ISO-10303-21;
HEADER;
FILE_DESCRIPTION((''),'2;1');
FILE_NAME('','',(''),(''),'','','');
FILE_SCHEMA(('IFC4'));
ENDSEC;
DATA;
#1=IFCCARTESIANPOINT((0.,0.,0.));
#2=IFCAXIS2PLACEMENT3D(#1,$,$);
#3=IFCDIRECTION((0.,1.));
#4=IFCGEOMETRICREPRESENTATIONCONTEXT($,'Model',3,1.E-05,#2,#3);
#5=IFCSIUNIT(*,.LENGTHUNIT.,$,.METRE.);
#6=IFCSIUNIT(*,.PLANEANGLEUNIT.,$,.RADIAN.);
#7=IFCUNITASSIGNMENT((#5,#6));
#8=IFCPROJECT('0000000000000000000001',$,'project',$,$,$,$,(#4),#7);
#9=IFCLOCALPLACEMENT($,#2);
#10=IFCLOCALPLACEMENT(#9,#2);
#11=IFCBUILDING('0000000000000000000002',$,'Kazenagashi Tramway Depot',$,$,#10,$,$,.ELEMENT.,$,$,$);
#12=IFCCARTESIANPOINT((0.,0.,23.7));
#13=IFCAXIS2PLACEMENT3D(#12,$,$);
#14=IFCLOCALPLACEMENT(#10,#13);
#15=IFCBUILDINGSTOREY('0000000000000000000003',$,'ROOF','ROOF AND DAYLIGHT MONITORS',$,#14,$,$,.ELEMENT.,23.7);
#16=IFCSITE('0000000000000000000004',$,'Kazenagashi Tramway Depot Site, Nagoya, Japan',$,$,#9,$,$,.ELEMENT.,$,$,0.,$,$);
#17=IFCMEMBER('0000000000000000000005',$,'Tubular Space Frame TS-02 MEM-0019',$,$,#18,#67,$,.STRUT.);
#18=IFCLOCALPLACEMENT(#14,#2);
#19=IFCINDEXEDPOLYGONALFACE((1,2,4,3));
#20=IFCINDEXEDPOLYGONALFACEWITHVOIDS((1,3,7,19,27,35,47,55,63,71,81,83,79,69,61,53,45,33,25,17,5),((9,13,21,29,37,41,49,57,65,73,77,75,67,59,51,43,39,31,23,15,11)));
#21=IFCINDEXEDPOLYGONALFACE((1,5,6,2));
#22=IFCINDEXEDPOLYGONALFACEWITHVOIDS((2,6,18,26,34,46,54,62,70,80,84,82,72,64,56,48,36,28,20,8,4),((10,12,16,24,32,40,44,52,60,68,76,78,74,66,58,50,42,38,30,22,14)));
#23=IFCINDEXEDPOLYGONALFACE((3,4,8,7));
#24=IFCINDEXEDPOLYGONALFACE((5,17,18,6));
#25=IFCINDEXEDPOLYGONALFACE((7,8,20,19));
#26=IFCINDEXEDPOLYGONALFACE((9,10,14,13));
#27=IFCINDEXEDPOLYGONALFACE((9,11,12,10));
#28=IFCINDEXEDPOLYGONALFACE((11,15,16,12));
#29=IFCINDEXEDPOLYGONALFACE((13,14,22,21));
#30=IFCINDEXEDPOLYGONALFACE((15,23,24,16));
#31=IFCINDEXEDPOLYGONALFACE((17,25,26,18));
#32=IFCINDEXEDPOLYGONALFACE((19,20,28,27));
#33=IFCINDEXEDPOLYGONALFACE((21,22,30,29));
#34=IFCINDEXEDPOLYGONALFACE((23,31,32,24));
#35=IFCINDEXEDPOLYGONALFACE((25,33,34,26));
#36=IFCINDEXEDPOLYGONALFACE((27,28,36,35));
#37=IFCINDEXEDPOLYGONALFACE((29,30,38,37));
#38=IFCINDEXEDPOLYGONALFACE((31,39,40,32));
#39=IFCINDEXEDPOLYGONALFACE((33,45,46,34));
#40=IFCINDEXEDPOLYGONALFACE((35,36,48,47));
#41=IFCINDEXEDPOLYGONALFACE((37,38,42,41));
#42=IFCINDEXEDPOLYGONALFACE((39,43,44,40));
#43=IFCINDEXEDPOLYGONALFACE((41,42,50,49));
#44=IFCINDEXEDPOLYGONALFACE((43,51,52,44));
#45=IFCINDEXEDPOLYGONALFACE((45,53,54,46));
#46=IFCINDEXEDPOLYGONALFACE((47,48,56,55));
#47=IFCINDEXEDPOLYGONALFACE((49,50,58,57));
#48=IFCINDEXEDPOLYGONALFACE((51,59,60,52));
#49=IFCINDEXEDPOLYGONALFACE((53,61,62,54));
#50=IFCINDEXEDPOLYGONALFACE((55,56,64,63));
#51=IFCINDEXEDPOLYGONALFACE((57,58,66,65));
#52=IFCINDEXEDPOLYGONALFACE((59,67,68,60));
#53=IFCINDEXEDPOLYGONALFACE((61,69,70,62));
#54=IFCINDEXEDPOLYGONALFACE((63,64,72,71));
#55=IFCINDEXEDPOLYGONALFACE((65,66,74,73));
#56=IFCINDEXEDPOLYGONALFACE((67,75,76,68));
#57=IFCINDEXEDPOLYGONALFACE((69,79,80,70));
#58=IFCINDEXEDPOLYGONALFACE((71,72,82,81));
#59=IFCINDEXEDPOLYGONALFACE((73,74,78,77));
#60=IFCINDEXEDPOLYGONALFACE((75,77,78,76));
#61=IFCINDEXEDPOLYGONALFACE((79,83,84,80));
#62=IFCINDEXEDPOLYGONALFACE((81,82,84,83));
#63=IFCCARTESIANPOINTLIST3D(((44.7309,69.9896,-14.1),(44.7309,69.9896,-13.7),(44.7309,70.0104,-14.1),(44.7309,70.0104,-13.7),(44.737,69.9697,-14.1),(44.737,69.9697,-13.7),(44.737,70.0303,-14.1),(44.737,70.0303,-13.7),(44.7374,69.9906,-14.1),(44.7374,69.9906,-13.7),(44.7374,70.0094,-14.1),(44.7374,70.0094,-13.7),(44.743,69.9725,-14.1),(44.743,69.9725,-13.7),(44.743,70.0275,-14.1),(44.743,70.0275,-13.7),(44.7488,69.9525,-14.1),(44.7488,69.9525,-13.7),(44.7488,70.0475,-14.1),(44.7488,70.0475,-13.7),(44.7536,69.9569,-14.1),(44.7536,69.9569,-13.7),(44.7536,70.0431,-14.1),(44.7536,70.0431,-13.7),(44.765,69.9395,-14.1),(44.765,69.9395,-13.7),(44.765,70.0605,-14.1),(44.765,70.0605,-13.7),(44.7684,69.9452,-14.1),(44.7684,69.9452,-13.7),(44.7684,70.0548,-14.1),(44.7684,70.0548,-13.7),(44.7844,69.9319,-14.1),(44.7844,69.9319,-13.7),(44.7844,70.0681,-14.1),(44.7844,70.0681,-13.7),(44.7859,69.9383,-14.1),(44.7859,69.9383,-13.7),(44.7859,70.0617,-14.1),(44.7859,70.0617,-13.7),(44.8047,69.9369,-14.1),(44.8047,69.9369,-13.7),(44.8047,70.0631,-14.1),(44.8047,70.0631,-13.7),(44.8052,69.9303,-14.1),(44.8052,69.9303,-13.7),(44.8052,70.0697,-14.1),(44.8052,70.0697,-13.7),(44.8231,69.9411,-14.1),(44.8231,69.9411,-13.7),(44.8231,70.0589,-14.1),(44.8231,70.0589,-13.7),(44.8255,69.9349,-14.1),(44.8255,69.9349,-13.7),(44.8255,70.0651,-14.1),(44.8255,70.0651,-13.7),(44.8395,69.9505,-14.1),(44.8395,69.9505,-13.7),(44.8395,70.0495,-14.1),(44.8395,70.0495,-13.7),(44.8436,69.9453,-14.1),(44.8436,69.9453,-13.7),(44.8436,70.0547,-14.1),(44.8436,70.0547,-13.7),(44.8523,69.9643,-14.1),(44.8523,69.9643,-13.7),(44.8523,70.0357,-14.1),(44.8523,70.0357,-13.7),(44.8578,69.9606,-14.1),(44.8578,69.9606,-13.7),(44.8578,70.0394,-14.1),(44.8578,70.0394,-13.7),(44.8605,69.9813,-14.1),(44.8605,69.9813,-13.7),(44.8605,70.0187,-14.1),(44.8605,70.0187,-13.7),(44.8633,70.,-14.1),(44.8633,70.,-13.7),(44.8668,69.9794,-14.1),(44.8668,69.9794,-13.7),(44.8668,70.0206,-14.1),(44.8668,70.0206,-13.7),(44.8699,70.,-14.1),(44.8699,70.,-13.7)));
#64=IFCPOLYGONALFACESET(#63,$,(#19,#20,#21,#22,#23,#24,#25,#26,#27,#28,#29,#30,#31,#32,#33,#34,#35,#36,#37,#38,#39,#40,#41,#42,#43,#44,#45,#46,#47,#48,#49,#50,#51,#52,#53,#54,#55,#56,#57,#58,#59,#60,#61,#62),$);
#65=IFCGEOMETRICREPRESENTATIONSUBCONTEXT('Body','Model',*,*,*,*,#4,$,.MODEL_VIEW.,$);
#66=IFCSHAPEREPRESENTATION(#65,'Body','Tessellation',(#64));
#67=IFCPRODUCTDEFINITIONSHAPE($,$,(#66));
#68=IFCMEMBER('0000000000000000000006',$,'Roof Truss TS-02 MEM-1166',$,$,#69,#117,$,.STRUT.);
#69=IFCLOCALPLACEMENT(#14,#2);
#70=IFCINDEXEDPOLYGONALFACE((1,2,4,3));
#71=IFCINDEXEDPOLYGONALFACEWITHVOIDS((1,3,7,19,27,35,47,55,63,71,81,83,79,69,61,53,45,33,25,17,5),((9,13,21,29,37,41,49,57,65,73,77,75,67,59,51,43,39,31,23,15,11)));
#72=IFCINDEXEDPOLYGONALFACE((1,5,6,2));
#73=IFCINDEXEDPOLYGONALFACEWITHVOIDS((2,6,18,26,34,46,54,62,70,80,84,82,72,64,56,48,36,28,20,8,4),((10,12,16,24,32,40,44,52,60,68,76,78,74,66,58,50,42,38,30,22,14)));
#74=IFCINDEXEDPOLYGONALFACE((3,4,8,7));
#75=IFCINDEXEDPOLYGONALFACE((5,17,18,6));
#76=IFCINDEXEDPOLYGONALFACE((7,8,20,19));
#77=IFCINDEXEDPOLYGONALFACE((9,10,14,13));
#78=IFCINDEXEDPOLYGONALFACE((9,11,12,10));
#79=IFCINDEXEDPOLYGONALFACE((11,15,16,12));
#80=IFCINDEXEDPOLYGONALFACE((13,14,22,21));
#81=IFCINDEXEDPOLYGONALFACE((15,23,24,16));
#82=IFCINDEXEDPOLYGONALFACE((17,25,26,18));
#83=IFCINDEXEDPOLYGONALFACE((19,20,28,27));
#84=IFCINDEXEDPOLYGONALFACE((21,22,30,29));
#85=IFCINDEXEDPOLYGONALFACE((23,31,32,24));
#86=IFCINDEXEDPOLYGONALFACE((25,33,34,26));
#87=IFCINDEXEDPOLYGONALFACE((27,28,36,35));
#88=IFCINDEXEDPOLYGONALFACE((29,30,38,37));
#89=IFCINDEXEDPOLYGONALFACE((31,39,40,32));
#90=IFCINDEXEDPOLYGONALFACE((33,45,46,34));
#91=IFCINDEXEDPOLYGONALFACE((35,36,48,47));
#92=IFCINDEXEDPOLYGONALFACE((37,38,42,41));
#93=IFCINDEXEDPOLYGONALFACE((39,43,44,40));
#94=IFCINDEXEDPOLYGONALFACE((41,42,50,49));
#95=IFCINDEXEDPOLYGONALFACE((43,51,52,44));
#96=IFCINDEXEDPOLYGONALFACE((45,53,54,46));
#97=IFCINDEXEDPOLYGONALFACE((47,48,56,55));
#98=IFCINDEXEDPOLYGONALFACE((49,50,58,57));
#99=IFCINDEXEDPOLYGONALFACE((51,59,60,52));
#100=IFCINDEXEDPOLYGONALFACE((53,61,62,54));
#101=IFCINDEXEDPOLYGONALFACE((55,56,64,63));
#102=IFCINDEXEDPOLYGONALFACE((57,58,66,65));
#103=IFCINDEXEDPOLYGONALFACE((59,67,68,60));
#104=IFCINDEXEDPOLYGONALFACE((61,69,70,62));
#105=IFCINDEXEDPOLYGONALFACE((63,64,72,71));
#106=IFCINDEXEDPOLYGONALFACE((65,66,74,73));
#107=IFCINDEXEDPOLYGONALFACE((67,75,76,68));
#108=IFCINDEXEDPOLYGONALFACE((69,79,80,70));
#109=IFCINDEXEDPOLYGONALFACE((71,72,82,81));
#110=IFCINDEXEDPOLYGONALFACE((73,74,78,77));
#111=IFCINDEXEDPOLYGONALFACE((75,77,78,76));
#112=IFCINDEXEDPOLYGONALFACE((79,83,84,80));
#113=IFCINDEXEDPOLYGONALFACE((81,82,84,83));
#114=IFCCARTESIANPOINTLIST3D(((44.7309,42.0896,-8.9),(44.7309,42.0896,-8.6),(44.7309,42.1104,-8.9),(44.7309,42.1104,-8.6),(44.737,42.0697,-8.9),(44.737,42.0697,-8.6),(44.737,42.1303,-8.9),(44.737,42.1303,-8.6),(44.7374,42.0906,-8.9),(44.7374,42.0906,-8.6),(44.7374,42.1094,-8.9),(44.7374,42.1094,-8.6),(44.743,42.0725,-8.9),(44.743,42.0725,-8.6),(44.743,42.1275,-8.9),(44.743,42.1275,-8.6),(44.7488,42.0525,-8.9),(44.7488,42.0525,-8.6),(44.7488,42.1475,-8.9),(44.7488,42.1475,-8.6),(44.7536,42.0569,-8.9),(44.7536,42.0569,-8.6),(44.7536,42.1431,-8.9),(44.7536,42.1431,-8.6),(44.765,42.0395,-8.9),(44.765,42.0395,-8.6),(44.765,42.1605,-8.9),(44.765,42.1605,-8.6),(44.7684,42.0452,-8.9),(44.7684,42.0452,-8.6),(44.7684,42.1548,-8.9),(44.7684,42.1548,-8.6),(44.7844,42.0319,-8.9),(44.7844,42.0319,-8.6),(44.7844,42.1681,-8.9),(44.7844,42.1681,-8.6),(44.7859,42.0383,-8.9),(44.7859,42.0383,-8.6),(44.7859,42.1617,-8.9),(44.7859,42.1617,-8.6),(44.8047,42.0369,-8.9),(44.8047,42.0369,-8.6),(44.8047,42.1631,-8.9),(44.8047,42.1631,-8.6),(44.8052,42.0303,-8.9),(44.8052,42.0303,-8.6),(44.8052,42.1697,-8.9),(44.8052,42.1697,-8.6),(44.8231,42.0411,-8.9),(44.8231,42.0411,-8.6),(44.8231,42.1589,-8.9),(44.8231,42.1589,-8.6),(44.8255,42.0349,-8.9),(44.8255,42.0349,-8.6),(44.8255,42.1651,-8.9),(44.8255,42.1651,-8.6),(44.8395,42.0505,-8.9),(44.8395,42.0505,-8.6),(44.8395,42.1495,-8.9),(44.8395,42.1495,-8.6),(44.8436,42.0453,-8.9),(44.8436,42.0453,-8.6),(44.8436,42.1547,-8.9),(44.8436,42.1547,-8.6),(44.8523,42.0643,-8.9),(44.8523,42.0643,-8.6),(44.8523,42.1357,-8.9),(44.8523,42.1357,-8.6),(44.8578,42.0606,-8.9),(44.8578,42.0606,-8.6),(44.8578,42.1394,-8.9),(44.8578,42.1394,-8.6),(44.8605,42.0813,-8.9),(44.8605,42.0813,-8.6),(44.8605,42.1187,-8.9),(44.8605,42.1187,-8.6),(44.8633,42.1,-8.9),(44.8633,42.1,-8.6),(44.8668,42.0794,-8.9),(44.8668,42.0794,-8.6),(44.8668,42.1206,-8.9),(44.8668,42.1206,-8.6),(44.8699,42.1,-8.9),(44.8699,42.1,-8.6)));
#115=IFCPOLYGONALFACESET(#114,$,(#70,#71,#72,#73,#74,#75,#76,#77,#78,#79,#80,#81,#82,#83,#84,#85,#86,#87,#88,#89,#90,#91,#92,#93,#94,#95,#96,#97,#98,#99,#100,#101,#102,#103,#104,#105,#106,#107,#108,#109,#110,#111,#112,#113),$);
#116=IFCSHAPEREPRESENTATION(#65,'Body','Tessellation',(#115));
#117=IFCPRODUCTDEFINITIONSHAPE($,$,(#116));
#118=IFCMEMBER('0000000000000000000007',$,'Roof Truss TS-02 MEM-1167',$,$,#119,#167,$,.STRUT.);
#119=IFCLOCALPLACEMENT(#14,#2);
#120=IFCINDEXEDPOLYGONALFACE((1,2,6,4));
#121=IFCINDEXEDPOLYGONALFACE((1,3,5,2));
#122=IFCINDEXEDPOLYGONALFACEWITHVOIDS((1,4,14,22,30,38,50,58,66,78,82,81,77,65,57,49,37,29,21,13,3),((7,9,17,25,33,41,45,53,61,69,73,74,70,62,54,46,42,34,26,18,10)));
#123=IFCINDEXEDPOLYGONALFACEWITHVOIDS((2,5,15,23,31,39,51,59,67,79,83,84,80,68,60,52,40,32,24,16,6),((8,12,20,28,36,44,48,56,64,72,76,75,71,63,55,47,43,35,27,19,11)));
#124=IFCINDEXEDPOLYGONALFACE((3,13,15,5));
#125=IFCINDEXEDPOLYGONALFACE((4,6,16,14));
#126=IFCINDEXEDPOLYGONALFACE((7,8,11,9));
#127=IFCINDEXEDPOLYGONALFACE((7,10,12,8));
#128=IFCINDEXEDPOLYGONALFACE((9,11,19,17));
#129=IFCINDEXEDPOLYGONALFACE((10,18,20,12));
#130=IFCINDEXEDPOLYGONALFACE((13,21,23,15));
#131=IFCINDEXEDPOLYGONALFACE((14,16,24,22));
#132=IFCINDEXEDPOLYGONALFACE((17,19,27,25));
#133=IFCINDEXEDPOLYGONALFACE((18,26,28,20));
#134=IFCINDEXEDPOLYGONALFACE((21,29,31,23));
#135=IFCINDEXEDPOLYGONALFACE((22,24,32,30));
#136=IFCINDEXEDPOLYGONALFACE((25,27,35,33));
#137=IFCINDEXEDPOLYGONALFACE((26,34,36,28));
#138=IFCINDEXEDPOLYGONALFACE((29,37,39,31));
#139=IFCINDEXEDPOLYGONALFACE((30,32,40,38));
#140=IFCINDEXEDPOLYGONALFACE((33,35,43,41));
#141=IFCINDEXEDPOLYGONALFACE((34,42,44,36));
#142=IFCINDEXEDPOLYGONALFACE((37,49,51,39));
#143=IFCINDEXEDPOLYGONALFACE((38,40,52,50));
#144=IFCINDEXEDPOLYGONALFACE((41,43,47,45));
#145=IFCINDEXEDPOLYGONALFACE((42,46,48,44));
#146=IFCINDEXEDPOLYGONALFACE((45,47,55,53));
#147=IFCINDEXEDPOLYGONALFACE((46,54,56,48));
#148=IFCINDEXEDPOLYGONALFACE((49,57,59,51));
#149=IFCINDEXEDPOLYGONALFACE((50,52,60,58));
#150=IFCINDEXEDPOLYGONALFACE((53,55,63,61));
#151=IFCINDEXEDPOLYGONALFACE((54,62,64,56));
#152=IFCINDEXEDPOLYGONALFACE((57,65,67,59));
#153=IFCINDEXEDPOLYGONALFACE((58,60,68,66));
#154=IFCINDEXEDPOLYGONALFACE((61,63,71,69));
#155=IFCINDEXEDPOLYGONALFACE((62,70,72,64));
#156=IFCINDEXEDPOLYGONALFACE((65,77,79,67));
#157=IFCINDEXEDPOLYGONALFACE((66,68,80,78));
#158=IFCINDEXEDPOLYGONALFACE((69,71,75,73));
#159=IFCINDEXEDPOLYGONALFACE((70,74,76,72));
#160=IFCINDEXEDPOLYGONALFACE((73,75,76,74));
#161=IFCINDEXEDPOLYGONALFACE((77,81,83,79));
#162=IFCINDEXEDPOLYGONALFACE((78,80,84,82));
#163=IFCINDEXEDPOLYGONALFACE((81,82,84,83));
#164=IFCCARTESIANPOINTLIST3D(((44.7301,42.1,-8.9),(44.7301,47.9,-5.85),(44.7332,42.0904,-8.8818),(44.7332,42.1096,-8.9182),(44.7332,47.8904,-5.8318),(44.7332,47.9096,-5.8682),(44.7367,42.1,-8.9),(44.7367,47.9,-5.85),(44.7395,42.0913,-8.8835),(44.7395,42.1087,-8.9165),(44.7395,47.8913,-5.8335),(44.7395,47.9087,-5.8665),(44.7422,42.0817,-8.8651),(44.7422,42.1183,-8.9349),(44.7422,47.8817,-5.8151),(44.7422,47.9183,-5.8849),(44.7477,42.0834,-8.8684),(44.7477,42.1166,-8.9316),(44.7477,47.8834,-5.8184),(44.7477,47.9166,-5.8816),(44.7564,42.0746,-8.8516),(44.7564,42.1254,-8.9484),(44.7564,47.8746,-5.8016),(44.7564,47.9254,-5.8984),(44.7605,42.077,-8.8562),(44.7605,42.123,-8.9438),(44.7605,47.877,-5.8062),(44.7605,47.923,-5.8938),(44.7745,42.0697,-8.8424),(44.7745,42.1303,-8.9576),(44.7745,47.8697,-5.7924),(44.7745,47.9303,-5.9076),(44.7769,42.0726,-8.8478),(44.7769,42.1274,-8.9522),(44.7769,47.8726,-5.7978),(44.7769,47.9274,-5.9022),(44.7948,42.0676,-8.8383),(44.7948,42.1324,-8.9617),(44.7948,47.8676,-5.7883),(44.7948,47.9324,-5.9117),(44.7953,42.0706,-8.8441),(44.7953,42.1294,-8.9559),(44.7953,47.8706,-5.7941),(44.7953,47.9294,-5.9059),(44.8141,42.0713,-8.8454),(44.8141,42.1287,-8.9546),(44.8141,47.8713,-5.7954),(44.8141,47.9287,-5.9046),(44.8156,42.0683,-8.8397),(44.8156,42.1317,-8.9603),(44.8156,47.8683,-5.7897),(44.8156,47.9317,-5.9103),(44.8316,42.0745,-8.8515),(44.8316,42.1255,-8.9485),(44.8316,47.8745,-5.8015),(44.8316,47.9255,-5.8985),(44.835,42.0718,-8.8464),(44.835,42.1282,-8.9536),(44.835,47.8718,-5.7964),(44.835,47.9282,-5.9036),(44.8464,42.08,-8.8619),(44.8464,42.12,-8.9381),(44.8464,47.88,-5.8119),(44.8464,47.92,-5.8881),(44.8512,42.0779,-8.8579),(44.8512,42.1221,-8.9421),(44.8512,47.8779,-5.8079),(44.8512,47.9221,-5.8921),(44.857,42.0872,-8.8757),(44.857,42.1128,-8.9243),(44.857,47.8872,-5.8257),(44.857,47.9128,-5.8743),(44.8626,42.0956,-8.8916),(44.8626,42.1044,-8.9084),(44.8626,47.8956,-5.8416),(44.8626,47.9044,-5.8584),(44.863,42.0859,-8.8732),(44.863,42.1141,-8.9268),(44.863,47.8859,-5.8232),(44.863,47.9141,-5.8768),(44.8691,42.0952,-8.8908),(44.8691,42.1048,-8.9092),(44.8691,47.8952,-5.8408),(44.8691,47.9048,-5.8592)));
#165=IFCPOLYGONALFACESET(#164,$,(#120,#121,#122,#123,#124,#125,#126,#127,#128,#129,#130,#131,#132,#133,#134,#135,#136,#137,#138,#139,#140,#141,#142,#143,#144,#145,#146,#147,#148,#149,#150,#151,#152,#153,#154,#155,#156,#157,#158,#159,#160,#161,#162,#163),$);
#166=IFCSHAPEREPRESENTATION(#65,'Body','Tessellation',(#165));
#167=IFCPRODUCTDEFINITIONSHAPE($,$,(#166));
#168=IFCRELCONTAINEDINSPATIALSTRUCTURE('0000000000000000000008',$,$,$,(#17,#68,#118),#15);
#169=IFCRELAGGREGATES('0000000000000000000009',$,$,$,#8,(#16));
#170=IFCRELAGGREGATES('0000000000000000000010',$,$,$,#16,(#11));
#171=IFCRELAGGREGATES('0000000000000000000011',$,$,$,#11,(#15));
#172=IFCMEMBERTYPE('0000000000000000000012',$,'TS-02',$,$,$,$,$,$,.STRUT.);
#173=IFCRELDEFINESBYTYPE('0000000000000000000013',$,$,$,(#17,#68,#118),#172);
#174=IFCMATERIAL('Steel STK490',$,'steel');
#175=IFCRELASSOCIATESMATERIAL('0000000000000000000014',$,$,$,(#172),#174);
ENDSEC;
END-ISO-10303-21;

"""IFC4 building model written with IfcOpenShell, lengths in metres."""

from ifc_helpers import new_model, si_unit, direction, frame, origin, origin_2d, place, context, subcontext, project, spatial, hollow_circle, extrude, material, material_profile, profile_set, type_object, element, save


model = new_model("IFC4")

# Units and contexts
model_context = context("Model", 3, precision=1e-05, world=origin(), true_north=direction((0.0, 1.0)))
body_context = subcontext(model_context, "Body", "Model", "MODEL_VIEW")
ifc_project = project(units=[si_unit("LENGTHUNIT", "METRE"), si_unit("PLANEANGLEUNIT", "RADIAN")], contexts=[model_context])

# Site, building, storey
site_placement = place(None, origin())
site = spatial("IfcSite", under=ifc_project, at=site_placement, Name="Kazenagashi Tramway Depot Site, Nagoya, Japan", CompositionType="ELEMENT", RefElevation=0.0)
building_placement = place(site_placement, origin())
building = spatial("IfcBuilding", under=site, at=building_placement, Name="Kazenagashi Tramway Depot", CompositionType="ELEMENT")
storey_placement = place(building_placement, frame((0.0, 0.0, 23.7)))
storey = spatial("IfcBuildingStorey", under=building, at=storey_placement, Name="ROOF", Description="ROOF AND DAYLIGHT MONITORS", CompositionType="ELEMENT", Elevation=23.7)

# Members
ifc_material_1 = material(Name="Steel STK490", Category="steel")
ifc_material_profile_1 = material_profile(ifc_material_1, hollow_circle(Radius=0.0699, WallThickness=0.0066, at=origin_2d()), Name="CHS-139.8x6.6")
ifc_profile_set_1 = profile_set([ifc_material_profile_1], Name="Steel STK490")
member_type_1 = type_object("IfcMemberType", Name="TS-02", PredefinedType="STRUT", material=ifc_profile_set_1)
member_1_placement = place(storey_placement, frame((44.8, 70.0, -14.1), z_axis=(0.0, 0.0, 1.0), x_axis=(1.0, 0.0, 0.0)))
element("IfcMember", 1, at=member_1_placement, inside=storey, type_object=member_type_1, Name="Tubular Space Frame TS-02 MEM-0019", PredefinedType="STRUT", context=body_context, shape_type="SweptSolid", body=[
    extrude(hollow_circle(Radius=0.0699, WallThickness=0.0066, at=origin_2d()), origin(), (0.0, 0.0, 1.0), 0.4),
])
member_2_placement = place(storey_placement, frame((44.8, 42.1, -8.9), z_axis=(0.0, 0.0, 1.0), x_axis=(1.0, 0.0, 0.0)))
element("IfcMember", 2, at=member_2_placement, inside=storey, type_object=member_type_1, Name="Roof Truss TS-02 MEM-1166", PredefinedType="STRUT", context=body_context, shape_type="SweptSolid", body=[
    extrude(hollow_circle(Radius=0.0699, WallThickness=0.0066, at=origin_2d()), origin(), (0.0, 0.0, 1.0), 0.3),
])
member_3_placement = place(storey_placement, frame((44.8, 42.1, -8.9), z_axis=(0.0, 0.885084, 0.465432), x_axis=(-1.0, 0.0, 0.0)))
element("IfcMember", 3, at=member_3_placement, inside=storey, type_object=member_type_1, Name="Roof Truss TS-02 MEM-1167", PredefinedType="STRUT", context=body_context, shape_type="SweptSolid", body=[
    extrude(hollow_circle(Radius=0.0699, WallThickness=0.0066, at=origin_2d()), origin(), (0.0, 0.0, 1.0), 6.5531),
])

save(model, "model.ifc")
